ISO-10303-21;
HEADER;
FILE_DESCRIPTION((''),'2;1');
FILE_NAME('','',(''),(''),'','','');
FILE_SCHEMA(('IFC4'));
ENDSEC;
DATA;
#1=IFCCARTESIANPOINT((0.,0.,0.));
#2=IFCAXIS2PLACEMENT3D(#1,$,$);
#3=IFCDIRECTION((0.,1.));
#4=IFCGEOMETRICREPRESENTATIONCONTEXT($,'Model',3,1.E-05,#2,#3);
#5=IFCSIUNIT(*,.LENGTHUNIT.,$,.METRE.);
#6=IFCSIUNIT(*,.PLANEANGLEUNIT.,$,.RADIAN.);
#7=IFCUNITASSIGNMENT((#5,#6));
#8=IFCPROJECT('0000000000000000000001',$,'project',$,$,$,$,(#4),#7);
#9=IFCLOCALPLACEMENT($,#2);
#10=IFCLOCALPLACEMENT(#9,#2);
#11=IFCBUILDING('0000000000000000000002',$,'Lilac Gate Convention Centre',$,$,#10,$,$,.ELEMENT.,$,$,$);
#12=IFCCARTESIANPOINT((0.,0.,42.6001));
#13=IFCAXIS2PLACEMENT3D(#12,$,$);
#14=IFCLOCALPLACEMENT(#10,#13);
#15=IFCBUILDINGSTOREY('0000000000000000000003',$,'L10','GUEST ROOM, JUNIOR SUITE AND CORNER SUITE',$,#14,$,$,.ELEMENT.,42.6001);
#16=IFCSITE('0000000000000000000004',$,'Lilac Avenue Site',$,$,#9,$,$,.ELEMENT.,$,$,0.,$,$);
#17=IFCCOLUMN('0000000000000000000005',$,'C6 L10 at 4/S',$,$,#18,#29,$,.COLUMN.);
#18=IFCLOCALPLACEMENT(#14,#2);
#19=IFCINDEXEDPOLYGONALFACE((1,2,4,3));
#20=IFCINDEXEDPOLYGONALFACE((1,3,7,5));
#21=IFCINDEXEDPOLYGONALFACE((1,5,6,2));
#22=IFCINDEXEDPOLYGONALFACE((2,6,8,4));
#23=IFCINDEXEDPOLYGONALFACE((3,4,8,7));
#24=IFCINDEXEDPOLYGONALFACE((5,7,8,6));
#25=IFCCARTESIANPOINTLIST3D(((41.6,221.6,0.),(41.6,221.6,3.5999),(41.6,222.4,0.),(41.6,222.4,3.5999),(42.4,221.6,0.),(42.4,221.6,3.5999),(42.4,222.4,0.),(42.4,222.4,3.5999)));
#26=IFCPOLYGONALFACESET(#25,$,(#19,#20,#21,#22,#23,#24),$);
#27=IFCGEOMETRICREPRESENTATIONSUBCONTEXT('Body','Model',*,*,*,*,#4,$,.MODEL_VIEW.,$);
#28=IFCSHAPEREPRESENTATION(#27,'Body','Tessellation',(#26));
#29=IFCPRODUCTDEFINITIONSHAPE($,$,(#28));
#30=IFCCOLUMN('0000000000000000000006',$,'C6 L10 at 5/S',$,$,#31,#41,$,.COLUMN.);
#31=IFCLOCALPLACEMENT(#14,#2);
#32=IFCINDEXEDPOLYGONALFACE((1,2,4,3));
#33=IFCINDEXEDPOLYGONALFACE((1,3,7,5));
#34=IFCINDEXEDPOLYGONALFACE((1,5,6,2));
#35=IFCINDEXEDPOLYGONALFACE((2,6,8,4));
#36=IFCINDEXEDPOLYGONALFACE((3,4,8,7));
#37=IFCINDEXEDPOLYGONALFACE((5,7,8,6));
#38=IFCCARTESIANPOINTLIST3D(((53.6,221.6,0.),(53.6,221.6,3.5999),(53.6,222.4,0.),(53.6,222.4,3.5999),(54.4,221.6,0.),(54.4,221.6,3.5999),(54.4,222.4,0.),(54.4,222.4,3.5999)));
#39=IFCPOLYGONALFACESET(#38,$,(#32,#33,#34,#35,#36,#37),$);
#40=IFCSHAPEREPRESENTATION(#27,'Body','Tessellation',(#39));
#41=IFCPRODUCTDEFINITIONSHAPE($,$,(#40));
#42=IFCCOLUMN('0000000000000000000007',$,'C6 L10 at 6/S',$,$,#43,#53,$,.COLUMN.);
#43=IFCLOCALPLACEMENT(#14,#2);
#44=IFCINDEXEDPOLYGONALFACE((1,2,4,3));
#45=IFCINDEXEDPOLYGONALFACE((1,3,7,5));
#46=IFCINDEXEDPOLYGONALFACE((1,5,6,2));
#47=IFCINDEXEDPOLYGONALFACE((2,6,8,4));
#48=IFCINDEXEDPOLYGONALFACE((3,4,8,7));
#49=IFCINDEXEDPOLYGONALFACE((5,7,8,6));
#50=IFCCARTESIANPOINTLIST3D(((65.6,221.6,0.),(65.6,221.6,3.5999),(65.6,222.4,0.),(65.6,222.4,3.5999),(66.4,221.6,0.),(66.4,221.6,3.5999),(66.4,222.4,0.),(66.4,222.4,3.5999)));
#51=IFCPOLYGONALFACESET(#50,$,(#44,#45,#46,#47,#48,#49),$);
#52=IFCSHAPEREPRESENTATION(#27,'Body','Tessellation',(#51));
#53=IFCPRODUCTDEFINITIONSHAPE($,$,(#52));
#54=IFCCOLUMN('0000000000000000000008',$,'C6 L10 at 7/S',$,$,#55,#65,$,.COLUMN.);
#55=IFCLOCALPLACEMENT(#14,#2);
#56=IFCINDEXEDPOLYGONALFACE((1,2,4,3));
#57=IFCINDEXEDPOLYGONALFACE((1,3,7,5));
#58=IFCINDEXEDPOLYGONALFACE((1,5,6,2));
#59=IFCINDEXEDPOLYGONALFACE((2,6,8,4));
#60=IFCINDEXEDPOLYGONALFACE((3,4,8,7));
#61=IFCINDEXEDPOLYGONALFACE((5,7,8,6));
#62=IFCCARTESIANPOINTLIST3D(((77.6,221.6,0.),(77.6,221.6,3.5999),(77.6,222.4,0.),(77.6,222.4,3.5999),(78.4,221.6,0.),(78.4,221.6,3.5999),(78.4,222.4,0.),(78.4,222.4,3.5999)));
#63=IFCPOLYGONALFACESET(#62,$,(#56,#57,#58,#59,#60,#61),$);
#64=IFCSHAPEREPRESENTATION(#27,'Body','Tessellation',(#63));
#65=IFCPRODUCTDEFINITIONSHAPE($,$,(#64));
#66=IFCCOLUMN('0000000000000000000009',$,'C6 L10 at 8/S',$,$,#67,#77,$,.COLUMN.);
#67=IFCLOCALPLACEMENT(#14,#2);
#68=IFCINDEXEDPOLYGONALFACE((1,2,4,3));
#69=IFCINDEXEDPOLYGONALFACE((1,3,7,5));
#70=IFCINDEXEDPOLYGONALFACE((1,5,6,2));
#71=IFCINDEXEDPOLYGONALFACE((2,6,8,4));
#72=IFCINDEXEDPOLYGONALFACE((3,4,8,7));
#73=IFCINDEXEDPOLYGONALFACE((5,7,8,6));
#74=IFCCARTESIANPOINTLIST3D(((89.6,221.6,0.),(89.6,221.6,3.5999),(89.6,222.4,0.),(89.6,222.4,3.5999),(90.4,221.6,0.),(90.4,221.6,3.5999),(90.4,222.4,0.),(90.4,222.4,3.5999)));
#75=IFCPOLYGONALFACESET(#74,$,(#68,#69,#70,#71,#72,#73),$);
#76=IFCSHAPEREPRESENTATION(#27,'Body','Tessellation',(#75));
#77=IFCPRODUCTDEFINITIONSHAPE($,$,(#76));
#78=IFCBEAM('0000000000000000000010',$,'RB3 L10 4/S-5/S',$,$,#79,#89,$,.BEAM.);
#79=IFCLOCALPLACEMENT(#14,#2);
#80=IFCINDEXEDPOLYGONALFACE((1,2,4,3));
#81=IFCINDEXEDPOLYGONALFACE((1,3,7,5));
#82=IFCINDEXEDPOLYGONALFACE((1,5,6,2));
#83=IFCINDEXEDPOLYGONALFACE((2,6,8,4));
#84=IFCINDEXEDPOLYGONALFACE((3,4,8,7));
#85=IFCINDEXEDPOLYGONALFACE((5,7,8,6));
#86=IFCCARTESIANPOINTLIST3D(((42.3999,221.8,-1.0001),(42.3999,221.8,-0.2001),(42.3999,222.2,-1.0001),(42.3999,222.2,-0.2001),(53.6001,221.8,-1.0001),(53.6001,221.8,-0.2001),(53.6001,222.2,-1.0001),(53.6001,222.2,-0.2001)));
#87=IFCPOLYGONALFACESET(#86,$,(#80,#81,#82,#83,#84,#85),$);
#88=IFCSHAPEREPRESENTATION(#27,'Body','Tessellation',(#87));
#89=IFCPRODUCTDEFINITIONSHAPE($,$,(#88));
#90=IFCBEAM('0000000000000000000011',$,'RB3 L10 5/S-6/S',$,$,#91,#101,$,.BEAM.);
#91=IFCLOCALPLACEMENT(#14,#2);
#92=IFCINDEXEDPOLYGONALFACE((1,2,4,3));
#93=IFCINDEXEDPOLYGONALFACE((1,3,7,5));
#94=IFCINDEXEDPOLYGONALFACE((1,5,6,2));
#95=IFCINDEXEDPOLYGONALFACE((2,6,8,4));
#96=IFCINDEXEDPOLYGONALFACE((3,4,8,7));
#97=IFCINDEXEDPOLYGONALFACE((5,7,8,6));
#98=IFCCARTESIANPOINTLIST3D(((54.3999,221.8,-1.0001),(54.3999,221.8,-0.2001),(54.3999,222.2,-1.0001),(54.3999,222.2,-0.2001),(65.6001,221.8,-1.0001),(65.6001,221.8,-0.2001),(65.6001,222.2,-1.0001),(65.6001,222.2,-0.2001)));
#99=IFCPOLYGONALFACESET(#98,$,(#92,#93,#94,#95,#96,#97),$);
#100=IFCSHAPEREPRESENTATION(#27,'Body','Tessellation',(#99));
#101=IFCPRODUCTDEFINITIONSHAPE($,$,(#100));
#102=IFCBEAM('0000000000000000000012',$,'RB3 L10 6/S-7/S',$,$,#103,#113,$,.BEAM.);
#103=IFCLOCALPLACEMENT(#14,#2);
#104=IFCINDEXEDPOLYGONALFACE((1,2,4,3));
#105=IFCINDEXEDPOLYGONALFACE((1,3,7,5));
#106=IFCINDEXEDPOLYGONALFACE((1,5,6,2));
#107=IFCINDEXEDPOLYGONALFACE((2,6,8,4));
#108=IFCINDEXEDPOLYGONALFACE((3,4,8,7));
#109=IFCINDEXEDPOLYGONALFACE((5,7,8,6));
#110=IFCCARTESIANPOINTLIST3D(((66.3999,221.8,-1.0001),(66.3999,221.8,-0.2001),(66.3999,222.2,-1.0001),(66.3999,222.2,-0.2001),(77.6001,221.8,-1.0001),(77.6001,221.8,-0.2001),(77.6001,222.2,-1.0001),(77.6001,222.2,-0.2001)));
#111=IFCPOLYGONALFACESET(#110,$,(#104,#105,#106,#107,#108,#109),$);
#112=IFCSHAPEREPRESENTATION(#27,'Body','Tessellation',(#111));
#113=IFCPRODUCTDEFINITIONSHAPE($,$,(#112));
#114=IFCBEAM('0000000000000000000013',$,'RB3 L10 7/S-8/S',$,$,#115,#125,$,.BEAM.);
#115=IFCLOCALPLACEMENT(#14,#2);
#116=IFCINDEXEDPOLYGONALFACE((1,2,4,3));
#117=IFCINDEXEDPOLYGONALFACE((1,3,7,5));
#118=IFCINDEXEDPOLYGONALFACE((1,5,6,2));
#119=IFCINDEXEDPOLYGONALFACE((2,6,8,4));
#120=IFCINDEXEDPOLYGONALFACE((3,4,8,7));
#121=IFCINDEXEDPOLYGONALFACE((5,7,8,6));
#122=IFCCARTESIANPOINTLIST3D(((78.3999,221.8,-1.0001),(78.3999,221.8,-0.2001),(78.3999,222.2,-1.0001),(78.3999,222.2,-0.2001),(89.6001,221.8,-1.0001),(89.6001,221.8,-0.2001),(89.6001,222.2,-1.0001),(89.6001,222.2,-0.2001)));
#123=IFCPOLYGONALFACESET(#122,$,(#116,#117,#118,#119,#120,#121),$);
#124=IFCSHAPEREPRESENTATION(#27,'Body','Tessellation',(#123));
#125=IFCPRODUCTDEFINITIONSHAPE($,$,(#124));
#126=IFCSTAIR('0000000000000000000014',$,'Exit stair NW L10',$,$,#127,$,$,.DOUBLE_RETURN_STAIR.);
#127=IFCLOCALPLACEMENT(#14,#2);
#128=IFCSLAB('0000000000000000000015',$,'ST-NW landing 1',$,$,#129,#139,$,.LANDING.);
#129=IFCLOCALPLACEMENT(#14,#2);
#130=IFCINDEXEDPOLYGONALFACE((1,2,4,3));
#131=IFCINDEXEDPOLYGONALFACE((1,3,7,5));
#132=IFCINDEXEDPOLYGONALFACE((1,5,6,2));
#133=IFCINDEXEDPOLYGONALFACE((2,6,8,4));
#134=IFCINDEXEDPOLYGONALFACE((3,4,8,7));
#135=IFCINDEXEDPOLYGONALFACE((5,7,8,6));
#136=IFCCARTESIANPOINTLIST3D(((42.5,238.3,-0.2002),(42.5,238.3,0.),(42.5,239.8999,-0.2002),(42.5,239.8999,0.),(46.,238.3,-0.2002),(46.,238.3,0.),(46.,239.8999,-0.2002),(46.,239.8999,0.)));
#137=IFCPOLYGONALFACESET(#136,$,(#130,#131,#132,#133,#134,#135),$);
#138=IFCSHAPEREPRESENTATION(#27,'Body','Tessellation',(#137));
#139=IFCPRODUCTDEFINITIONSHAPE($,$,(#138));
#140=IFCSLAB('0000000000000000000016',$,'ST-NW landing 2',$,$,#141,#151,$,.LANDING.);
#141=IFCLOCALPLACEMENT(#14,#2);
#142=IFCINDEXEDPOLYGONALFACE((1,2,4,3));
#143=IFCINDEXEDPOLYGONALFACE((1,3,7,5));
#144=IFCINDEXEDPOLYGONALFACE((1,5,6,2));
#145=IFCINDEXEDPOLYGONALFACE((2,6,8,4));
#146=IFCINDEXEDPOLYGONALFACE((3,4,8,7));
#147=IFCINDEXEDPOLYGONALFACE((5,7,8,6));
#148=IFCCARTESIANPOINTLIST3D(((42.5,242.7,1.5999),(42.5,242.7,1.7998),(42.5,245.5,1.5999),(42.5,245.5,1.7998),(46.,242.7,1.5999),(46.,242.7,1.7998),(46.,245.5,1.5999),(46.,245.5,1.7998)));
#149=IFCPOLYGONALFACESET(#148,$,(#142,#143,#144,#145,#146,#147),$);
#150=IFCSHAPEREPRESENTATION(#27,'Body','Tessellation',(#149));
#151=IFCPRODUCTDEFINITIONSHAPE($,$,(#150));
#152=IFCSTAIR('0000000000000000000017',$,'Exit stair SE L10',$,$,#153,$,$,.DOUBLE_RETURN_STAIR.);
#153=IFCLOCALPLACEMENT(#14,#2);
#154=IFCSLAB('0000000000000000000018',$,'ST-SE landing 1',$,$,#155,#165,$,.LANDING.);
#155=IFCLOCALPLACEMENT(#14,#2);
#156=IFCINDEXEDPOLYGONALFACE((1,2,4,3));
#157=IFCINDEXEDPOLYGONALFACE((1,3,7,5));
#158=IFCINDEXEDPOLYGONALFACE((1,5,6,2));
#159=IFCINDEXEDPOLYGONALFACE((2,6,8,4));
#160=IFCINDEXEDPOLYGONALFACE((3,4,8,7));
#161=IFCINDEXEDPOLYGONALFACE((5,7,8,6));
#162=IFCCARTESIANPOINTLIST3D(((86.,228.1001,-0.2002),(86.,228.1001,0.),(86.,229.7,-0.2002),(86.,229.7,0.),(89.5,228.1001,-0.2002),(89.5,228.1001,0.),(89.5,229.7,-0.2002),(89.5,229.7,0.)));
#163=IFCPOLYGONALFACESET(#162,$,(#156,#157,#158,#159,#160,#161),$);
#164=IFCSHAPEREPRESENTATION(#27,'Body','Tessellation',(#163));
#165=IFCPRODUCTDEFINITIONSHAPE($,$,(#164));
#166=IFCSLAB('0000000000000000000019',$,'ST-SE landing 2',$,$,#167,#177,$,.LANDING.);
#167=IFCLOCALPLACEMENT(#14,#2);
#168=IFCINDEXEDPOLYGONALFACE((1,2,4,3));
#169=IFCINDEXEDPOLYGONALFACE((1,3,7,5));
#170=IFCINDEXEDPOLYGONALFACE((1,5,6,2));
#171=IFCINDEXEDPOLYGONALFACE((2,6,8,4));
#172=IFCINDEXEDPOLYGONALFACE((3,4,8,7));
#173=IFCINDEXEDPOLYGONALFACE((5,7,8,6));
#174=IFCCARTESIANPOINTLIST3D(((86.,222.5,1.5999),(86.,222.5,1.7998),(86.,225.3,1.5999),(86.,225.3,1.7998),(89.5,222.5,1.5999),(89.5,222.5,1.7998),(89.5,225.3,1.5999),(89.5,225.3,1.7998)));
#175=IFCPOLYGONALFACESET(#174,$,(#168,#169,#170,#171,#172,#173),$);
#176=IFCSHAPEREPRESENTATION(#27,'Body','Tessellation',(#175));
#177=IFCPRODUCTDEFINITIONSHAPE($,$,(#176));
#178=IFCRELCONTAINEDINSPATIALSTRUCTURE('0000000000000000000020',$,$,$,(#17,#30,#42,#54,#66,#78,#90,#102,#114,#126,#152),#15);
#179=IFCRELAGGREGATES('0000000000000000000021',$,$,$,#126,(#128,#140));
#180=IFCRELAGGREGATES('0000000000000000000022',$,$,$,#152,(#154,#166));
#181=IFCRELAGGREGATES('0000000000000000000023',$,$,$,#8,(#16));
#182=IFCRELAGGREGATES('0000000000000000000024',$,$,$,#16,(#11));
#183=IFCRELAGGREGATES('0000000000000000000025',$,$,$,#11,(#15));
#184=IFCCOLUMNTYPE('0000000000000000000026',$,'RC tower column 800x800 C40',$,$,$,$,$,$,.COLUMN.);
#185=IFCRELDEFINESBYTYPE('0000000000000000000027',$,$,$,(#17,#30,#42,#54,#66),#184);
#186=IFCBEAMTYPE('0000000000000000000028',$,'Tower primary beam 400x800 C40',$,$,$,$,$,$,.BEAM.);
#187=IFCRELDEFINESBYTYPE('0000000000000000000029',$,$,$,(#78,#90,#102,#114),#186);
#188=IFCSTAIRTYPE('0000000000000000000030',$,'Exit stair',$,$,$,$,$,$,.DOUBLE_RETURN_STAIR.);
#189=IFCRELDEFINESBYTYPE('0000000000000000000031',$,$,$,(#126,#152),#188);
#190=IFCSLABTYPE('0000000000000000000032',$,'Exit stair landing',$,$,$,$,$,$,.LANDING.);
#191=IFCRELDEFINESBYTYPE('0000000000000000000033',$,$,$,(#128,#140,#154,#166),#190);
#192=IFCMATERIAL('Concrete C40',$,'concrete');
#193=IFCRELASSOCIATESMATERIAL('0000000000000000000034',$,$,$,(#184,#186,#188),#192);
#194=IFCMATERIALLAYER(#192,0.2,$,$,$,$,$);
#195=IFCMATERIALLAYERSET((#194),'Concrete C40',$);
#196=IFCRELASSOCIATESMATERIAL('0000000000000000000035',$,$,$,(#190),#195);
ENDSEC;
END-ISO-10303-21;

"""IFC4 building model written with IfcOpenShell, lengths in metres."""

from ifc_helpers import new_model, si_unit, direction, frame, origin, origin_2d, place, context, subcontext, project, spatial, polyline, rectangle, outline, extrude, material, layer, layer_set, material_profile, profile_set, type_object, element, aggregate, save


model = new_model("IFC4")

# Units and contexts
model_context = context("Model", 3, precision=1e-05, world=origin(), true_north=direction((0.0, 1.0)))
body_context = subcontext(model_context, "Body", "Model", "MODEL_VIEW")
ifc_project = project(units=[si_unit("LENGTHUNIT", "METRE"), si_unit("PLANEANGLEUNIT", "RADIAN")], contexts=[model_context])

# Site, building, storey
site_placement = place(None, origin())
site = spatial("IfcSite", under=ifc_project, at=site_placement, Name="Lilac Avenue Site", CompositionType="ELEMENT", RefElevation=0.0)
building_placement = place(site_placement, origin())
building = spatial("IfcBuilding", under=site, at=building_placement, Name="Lilac Gate Convention Centre", CompositionType="ELEMENT")
storey_placement = place(building_placement, frame((0.0, 0.0, 42.6001)))
storey = spatial("IfcBuildingStorey", under=building, at=storey_placement, Name="L10", Description="GUEST ROOM, JUNIOR SUITE AND CORNER SUITE", CompositionType="ELEMENT", Elevation=42.6001)

# Columns
ifc_material_1 = material(Name="Concrete C40", Category="concrete")
ifc_material_profile_1 = material_profile(ifc_material_1, rectangle(XDim=0.8, YDim=0.8, at=origin_2d()), Name="RC 800x800")
ifc_profile_set_1 = profile_set([ifc_material_profile_1], Name="Concrete C40")
column_type = type_object("IfcColumnType", Name="RC tower column 800x800 C40", PredefinedType="COLUMN", material=ifc_profile_set_1)
for number, where, z_axis, x_axis, name in (
    (1, (42.0, 222.0, 0.0), (0.0, 0.0, 1.0), (1.0, 0.0, 0.0), "C6 L10 at 4/S"),
    (2, (54.0, 222.0, 0.0), (0.0, 0.0, 1.0), (1.0, 0.0, 0.0), "C6 L10 at 5/S"),
    (3, (66.0, 222.0, 0.0), (0.0, 0.0, 1.0), (1.0, 0.0, 0.0), "C6 L10 at 6/S"),
    (4, (78.0, 222.0, 0.0), (0.0, 0.0, 1.0), (1.0, 0.0, 0.0), "C6 L10 at 7/S"),
    (5, (90.0, 222.0, 0.0), (0.0, 0.0, 1.0), (1.0, 0.0, 0.0), "C6 L10 at 8/S"),
):
    element("IfcColumn", number, at=place(storey_placement, frame(where, z_axis=z_axis, x_axis=x_axis)), inside=storey, type_object=column_type, Name=name, PredefinedType="COLUMN", context=body_context, shape_type="SweptSolid", body=[
        extrude(rectangle(XDim=0.8, YDim=0.8, at=origin_2d()), origin(), (0.0, 0.0, 1.0), 3.5999),
    ])

# Beams
ifc_material_profile_2 = material_profile(ifc_material_1, rectangle(XDim=0.3999, YDim=0.8, at=origin_2d()), Name="RC 400x800")
ifc_profile_set_2 = profile_set([ifc_material_profile_2], Name="Concrete C40")
beam_type = type_object("IfcBeamType", Name="Tower primary beam 400x800 C40", PredefinedType="BEAM", material=ifc_profile_set_2)
for number, where, z_axis, x_axis, name in (
    (6, (42.3999, 222.0, -0.6001), (1.0, 0.0, 0.0), (0.0, 1.0, 0.0), "RB3 L10 4/S-5/S"),
    (7, (54.3999, 222.0, -0.6001), (1.0, 0.0, 0.0), (0.0, 1.0, 0.0), "RB3 L10 5/S-6/S"),
    (8, (66.3999, 222.0, -0.6001), (1.0, 0.0, 0.0), (0.0, 1.0, 0.0), "RB3 L10 6/S-7/S"),
    (9, (78.3999, 222.0, -0.6001), (1.0, 0.0, 0.0), (0.0, 1.0, 0.0), "RB3 L10 7/S-8/S"),
):
    element("IfcBeam", number, at=place(storey_placement, frame(where, z_axis=z_axis, x_axis=x_axis)), inside=storey, type_object=beam_type, Name=name, PredefinedType="BEAM", context=body_context, shape_type="SweptSolid", body=[
        extrude(rectangle(XDim=0.3999, YDim=0.8, at=origin_2d()), origin(), (0.0, 0.0, 1.0), 11.2002),
    ])

# Stairs, slabs
stair_type = type_object("IfcStairType", Name="Exit stair", PredefinedType="DOUBLE_RETURN_STAIR", material=ifc_material_1)
stair_1_placement = place(storey_placement, origin())
stair_1 = element("IfcStair", 10, at=stair_1_placement, inside=storey, type_object=stair_type, Name="Exit stair NW L10", PredefinedType="DOUBLE_RETURN_STAIR")
ifc_layer_1 = layer(ifc_material_1, 0.2)
ifc_layer_set_1 = layer_set([ifc_layer_1], Name="Concrete C40")
slab_type_1 = type_object("IfcSlabType", Name="Exit stair landing", PredefinedType="LANDING", material=ifc_layer_set_1)
slab_1_placement = place(storey_placement, frame((0.0, 0.0, -0.2002)))
slab_1 = element("IfcSlab", 11, at=slab_1_placement, type_object=slab_type_1, Name="ST-NW landing 1", PredefinedType="LANDING", context=body_context, shape_type="SweptSolid", body=[
    extrude(outline(polyline([(42.5, 238.3), (46.0, 238.3), (46.0, 239.8999), (42.5, 239.8999), (42.5, 238.3)])), origin(), (0.0, 0.0, 1.0), 0.2002),
])
slab_2_placement = place(storey_placement, frame((0.0, 0.0, 1.5999)))
slab_2 = element("IfcSlab", 12, at=slab_2_placement, type_object=slab_type_1, Name="ST-NW landing 2", PredefinedType="LANDING", context=body_context, shape_type="SweptSolid", body=[
    extrude(outline(polyline([(42.5, 242.7), (46.0, 242.7), (46.0, 245.5), (42.5, 245.5), (42.5, 242.7)])), origin(), (0.0, 0.0, 1.0), 0.2),
])
aggregate(stair_1, [slab_1, slab_2])
stair_2_placement = place(storey_placement, origin())
stair_2 = element("IfcStair", 13, at=stair_2_placement, inside=storey, type_object=stair_type, Name="Exit stair SE L10", PredefinedType="DOUBLE_RETURN_STAIR")
slab_3_placement = place(storey_placement, frame((0.0, 0.0, -0.2002)))
slab_3 = element("IfcSlab", 14, at=slab_3_placement, type_object=slab_type_1, Name="ST-SE landing 1", PredefinedType="LANDING", context=body_context, shape_type="SweptSolid", body=[
    extrude(outline(polyline([(86.0, 228.1001), (89.5, 228.1001), (89.5, 229.7), (86.0, 229.7), (86.0, 228.1001)])), origin(), (0.0, 0.0, 1.0), 0.2002),
])
slab_4_placement = place(storey_placement, frame((0.0, 0.0, 1.5999)))
slab_4 = element("IfcSlab", 15, at=slab_4_placement, type_object=slab_type_1, Name="ST-SE landing 2", PredefinedType="LANDING", context=body_context, shape_type="SweptSolid", body=[
    extrude(outline(polyline([(86.0, 222.5), (89.5, 222.5), (89.5, 225.3), (86.0, 225.3), (86.0, 222.5)])), origin(), (0.0, 0.0, 1.0), 0.2),
])
aggregate(stair_2, [slab_3, slab_4])

save(model, "model.ifc")
